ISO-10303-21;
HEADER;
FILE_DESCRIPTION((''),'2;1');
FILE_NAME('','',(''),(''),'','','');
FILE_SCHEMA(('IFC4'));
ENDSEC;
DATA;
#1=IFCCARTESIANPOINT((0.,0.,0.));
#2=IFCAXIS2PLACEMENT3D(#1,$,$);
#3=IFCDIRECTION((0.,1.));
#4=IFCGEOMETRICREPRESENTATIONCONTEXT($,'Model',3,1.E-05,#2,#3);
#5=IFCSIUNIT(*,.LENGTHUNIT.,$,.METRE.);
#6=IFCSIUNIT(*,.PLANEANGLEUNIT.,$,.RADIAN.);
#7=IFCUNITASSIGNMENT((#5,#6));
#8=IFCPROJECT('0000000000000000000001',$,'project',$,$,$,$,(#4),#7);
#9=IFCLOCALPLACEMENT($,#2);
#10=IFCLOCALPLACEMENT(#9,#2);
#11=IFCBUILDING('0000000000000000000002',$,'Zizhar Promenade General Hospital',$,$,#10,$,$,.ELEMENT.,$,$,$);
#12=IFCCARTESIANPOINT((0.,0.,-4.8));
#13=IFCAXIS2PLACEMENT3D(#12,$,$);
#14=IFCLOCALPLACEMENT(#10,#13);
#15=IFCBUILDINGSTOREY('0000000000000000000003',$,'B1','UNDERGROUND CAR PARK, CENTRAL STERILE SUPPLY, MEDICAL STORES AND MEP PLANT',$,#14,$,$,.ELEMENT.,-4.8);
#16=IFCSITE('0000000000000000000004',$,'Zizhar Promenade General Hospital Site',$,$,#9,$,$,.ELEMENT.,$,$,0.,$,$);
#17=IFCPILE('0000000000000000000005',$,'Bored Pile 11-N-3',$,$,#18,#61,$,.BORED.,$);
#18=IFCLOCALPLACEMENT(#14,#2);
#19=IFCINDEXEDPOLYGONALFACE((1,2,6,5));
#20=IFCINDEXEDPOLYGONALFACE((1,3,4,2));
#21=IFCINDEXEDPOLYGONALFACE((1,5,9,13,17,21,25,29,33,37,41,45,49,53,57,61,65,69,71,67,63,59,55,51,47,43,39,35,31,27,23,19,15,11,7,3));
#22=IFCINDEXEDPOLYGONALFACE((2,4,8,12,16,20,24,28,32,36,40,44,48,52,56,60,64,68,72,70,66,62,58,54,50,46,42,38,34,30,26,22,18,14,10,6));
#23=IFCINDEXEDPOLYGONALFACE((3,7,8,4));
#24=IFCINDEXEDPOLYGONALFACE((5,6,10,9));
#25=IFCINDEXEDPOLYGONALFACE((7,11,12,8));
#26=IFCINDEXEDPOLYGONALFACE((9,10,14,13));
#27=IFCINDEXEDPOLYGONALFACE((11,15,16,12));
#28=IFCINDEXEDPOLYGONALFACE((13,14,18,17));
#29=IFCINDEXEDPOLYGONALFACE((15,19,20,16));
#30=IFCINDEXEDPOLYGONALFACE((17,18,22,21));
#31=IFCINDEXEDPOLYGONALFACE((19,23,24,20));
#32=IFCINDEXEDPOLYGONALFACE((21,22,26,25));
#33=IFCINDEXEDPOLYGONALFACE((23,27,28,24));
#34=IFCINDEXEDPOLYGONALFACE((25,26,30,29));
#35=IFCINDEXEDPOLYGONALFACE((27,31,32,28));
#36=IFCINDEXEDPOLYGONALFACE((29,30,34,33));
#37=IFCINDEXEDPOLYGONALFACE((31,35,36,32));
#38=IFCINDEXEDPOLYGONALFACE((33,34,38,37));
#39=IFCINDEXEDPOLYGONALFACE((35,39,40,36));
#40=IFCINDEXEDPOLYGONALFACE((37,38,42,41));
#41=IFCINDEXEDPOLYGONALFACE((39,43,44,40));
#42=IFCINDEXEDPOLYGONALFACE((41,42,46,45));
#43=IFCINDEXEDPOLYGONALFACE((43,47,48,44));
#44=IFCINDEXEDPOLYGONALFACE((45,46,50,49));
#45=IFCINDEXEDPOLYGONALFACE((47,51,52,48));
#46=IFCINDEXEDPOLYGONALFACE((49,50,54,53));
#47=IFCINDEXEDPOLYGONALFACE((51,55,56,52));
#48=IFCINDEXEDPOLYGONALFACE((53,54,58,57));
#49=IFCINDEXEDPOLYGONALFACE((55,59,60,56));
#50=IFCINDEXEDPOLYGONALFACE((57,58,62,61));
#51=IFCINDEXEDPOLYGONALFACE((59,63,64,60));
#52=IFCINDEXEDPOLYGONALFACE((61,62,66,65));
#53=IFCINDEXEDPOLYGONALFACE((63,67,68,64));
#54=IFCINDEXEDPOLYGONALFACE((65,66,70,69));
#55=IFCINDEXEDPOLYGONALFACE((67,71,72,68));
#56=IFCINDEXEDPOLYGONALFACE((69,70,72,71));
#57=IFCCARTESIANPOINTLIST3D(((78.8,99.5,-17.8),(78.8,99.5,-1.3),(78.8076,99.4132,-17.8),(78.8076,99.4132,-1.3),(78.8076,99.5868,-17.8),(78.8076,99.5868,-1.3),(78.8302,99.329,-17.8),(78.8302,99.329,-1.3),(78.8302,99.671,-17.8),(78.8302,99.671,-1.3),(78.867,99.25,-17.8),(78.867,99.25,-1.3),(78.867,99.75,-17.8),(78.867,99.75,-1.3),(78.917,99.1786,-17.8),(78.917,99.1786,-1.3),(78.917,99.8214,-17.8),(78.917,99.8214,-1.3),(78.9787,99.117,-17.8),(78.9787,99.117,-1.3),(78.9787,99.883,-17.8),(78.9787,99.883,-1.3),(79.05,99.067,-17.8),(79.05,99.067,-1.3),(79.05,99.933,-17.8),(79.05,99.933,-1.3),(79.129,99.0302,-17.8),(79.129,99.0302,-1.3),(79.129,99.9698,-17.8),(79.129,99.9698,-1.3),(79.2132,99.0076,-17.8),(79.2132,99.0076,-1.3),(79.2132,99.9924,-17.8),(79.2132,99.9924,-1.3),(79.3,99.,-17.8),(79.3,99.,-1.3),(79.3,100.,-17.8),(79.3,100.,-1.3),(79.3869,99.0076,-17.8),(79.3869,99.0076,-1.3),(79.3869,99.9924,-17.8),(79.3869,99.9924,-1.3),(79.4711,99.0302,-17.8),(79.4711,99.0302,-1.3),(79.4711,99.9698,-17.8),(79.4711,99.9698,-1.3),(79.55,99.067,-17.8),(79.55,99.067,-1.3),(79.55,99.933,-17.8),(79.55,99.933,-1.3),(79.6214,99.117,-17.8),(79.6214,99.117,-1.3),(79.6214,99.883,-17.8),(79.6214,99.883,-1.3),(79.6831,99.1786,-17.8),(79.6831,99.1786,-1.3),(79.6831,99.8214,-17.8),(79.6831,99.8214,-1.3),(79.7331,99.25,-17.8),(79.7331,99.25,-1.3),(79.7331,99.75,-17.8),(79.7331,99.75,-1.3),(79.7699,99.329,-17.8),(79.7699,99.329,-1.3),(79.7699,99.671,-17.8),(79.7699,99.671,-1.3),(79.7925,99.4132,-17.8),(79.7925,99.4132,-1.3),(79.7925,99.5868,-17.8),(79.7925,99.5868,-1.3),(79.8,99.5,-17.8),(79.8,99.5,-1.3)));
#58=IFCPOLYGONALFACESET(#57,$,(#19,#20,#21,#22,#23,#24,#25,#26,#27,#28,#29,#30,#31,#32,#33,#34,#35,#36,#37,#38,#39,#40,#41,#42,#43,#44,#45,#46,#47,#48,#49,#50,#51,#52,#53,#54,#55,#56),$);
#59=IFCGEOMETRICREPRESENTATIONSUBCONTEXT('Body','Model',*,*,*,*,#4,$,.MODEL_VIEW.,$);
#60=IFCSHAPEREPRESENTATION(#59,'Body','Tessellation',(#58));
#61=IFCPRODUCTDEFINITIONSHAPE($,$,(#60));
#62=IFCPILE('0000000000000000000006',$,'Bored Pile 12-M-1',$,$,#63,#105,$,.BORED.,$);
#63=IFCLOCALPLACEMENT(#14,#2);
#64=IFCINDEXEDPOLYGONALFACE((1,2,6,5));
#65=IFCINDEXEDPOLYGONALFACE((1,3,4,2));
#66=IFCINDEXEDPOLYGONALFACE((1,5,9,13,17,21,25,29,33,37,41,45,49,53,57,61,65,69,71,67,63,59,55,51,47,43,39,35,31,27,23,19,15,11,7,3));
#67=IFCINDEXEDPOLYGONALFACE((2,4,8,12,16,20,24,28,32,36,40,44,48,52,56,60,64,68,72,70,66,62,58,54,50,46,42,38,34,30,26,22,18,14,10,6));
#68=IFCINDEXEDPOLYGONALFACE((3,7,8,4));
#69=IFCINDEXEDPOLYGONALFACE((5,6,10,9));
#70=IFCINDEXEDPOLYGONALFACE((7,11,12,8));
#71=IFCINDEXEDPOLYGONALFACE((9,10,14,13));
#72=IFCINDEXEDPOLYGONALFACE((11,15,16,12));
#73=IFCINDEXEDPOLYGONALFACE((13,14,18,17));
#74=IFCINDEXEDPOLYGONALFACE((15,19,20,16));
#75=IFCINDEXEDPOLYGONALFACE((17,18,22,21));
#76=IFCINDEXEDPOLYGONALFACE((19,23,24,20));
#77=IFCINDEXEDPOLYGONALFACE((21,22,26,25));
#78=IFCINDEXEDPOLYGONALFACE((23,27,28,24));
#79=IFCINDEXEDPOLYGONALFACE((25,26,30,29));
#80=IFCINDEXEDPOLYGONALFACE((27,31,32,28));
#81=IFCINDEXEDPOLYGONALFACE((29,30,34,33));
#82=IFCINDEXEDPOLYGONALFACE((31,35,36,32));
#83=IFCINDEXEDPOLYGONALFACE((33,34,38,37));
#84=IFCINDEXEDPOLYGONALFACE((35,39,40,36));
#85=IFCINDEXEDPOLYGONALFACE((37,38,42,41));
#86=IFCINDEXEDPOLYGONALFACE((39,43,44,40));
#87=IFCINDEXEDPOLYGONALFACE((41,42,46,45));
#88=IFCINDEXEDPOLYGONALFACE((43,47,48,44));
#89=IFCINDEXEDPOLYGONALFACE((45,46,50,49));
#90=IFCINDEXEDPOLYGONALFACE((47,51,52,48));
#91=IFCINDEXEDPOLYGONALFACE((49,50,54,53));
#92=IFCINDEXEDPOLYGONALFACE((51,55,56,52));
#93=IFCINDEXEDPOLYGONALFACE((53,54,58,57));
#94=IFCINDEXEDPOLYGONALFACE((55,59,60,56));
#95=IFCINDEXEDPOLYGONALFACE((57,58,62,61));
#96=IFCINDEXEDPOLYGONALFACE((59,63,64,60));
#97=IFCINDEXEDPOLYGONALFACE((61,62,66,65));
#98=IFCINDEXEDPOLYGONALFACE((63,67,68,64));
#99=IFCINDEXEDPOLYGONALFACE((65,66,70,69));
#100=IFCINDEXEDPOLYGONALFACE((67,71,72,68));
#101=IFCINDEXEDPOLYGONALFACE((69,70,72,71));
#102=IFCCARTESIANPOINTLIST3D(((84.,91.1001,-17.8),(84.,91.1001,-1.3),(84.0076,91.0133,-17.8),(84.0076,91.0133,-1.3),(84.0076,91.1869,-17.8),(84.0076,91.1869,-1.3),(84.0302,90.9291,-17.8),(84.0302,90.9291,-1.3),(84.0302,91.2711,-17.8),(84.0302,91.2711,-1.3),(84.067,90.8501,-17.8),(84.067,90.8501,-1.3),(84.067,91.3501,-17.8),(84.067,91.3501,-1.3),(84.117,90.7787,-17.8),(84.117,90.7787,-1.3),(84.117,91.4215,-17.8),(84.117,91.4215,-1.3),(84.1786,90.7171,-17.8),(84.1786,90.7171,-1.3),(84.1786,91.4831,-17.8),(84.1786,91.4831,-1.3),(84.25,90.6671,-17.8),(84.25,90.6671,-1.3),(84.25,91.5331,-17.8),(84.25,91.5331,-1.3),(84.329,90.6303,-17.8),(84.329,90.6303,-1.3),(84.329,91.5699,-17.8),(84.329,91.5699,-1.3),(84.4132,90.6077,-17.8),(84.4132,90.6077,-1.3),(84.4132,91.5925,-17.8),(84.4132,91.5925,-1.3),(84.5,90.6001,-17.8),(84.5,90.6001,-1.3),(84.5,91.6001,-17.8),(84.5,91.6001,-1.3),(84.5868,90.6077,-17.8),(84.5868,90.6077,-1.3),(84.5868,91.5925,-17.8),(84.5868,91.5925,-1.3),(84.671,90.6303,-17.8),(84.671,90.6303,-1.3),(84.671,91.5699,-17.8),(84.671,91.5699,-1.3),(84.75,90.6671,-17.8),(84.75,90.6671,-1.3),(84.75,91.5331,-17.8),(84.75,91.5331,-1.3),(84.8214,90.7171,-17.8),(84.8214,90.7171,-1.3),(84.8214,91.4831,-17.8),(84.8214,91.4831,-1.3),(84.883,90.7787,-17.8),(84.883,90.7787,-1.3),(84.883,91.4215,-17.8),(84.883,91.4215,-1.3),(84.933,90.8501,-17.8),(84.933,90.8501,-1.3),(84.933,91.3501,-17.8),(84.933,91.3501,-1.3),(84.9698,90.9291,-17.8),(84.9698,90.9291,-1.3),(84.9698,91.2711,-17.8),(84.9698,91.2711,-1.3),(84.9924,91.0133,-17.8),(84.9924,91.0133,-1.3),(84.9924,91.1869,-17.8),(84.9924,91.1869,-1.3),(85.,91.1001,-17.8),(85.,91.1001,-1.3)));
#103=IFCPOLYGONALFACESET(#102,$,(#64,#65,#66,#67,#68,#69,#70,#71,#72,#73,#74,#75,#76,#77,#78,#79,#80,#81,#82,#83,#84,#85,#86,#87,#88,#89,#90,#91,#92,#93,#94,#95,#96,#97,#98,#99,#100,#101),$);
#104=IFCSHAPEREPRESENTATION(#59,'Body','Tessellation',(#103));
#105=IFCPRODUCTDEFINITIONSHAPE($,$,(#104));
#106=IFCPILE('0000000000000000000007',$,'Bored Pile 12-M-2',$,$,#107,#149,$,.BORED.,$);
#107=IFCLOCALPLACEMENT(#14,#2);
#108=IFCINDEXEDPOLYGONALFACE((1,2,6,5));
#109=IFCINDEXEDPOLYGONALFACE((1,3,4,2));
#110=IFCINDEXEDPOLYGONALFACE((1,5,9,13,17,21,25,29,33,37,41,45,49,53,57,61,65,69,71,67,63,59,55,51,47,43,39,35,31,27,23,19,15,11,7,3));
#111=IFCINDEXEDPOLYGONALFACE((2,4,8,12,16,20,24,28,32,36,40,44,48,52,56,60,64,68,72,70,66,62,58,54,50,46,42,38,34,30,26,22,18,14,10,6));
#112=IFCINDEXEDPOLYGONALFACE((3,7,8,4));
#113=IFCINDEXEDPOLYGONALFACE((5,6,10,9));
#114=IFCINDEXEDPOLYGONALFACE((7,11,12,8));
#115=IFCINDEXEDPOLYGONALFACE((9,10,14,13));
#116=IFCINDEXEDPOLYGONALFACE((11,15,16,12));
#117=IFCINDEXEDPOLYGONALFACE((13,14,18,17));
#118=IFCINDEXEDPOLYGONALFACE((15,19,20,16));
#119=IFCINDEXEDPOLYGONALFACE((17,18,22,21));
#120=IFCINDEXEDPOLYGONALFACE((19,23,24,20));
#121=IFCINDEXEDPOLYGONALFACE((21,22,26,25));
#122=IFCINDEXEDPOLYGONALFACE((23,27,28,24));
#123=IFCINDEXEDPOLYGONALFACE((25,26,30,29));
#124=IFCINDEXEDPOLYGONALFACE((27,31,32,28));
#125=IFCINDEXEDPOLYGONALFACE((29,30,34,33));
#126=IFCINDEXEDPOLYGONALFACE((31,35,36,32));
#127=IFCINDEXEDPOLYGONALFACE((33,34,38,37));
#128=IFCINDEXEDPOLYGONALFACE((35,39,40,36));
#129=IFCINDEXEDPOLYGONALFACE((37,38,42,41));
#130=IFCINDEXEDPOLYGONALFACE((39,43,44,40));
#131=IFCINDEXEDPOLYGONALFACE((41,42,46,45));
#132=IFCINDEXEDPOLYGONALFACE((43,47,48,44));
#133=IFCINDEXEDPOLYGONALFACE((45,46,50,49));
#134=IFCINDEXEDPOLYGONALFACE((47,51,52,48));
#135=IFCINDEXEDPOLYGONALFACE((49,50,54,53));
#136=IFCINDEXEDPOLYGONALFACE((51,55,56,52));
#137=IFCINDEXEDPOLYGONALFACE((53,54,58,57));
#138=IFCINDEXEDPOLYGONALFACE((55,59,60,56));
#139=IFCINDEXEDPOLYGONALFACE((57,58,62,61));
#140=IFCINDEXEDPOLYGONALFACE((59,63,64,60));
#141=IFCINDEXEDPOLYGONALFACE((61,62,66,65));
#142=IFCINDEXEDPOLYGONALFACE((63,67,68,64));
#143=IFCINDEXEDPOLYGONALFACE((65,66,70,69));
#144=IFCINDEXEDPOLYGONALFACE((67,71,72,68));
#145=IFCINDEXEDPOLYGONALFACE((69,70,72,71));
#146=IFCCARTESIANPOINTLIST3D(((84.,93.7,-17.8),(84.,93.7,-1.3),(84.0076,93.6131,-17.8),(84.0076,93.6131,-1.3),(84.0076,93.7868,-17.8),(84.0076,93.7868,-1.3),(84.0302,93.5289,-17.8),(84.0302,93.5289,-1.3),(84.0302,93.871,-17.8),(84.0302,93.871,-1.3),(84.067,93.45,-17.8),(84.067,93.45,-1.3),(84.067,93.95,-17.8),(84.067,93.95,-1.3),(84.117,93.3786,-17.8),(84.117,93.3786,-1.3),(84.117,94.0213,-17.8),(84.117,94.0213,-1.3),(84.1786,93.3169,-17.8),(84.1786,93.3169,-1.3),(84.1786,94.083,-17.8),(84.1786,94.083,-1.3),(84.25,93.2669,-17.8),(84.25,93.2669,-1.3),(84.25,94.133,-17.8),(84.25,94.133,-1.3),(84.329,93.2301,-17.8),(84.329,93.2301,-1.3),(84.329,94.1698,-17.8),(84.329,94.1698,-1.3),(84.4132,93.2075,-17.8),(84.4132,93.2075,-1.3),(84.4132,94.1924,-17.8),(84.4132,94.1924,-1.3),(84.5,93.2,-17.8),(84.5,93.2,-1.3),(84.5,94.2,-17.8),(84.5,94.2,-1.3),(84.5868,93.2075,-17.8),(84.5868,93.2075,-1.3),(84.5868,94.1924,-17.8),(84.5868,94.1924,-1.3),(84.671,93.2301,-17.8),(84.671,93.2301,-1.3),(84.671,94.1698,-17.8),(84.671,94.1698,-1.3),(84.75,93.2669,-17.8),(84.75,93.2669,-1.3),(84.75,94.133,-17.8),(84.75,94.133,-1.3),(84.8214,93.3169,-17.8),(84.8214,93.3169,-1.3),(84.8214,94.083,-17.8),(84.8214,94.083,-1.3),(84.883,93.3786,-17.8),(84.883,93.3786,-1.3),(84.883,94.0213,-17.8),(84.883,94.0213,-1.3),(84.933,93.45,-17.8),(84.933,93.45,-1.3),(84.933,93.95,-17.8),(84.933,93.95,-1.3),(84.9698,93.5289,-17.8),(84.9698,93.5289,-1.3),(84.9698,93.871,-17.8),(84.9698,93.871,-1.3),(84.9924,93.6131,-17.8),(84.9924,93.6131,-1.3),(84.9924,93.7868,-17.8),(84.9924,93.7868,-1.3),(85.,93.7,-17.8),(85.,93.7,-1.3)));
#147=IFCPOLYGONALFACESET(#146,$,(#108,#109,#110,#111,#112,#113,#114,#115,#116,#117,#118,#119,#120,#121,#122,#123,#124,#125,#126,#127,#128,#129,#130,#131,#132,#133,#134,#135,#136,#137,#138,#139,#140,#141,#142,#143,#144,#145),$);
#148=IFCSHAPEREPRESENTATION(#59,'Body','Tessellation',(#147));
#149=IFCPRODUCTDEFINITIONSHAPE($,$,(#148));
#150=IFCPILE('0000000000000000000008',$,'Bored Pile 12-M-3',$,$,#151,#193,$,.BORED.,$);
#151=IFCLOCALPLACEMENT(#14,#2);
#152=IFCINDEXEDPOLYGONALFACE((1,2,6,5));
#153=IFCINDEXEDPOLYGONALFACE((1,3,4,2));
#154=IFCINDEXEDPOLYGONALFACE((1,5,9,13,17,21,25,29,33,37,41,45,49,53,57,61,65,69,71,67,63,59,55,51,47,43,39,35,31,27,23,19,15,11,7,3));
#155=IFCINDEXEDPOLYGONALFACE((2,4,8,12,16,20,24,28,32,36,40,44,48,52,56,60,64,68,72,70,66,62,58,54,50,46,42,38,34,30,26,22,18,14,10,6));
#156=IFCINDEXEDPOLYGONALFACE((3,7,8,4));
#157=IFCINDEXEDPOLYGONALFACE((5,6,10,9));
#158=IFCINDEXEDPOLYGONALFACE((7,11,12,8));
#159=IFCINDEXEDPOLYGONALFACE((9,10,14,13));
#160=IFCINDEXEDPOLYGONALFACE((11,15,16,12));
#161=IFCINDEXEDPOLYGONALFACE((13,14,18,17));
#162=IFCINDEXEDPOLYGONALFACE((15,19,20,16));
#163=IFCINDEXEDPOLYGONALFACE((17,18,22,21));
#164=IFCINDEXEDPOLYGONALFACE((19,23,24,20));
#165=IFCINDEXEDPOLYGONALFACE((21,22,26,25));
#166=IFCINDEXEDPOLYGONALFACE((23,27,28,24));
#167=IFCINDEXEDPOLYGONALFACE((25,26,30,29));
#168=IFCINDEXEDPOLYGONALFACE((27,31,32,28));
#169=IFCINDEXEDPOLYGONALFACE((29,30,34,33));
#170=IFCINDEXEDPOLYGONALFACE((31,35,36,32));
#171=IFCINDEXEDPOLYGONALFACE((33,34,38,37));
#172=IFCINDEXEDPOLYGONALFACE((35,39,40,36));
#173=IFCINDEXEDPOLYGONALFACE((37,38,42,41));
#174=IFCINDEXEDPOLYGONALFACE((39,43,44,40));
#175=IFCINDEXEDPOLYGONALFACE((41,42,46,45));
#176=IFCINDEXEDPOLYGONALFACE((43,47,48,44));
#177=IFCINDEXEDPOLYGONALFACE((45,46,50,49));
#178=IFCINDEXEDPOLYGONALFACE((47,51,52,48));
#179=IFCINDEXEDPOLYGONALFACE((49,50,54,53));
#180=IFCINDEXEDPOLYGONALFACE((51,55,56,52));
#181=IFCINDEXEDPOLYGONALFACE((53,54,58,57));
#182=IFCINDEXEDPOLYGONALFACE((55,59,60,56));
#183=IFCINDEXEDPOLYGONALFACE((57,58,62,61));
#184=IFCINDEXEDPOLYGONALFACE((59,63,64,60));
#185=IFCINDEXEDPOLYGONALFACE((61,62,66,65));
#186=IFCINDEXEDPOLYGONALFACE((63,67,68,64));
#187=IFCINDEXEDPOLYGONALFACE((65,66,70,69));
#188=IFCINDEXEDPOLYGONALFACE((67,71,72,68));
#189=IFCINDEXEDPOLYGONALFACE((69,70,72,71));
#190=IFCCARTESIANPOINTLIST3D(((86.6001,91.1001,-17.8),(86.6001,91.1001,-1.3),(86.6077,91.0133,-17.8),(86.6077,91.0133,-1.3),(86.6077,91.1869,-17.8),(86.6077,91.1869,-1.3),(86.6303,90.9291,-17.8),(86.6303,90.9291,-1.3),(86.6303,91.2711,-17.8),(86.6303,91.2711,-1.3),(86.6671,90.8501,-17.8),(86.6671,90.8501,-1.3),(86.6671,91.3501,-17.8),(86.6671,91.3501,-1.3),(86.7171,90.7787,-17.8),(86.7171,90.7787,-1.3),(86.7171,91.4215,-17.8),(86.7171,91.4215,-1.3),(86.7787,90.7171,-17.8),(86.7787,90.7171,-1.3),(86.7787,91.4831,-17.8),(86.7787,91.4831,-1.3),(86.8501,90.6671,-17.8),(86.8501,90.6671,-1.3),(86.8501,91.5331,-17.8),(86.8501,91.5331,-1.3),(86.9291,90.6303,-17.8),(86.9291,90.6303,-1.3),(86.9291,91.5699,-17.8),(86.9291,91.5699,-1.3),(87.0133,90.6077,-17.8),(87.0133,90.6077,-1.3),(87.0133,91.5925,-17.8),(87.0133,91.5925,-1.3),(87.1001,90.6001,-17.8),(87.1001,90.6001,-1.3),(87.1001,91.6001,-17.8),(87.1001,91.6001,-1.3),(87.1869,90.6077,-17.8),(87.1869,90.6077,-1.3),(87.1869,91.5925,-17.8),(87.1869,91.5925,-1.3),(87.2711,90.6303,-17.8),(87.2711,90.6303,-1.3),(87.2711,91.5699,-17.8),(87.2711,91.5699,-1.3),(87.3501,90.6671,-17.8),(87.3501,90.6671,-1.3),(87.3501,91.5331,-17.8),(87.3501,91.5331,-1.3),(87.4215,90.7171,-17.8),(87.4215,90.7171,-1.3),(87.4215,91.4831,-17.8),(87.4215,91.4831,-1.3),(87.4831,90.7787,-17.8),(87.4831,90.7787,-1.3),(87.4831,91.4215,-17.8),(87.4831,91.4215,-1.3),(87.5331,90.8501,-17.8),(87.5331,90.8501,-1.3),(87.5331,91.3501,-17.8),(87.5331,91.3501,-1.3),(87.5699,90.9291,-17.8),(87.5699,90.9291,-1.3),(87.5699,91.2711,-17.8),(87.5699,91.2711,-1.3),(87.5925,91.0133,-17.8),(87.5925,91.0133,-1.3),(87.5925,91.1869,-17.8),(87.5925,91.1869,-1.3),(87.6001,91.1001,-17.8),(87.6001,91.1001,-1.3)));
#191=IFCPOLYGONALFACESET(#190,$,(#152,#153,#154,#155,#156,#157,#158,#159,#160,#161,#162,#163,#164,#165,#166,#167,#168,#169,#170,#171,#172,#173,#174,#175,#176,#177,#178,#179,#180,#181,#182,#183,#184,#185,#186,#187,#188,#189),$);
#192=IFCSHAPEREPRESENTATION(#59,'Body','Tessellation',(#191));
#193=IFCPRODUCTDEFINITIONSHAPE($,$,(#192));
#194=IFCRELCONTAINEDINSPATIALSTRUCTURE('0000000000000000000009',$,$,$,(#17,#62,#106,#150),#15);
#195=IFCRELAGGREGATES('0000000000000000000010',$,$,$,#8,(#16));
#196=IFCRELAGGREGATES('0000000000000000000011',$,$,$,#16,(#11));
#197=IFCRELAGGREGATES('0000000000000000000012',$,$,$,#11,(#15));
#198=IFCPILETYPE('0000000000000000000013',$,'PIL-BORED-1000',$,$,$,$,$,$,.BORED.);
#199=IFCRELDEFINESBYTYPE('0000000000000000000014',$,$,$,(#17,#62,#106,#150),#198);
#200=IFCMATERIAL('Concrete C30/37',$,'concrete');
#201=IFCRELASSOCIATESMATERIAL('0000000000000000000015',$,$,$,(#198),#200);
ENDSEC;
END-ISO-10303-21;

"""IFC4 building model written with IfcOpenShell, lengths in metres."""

from ifc_helpers import new_model, si_unit, direction, frame, origin, origin_2d, place, context, subcontext, project, spatial, circle, extrude, material, material_profile, profile_set, type_object, element, save


model = new_model("IFC4")

# Units and contexts
model_context = context("Model", 3, precision=1e-05, world=origin(), true_north=direction((0.0, 1.0)))
body_context = subcontext(model_context, "Body", "Model", "MODEL_VIEW")
ifc_project = project(units=[si_unit("LENGTHUNIT", "METRE"), si_unit("PLANEANGLEUNIT", "RADIAN")], contexts=[model_context])

# Site, building, storey
site_placement = place(None, origin())
site = spatial("IfcSite", under=ifc_project, at=site_placement, Name="Zizhar Promenade General Hospital Site", CompositionType="ELEMENT", RefElevation=0.0)
building_placement = place(site_placement, origin())
building = spatial("IfcBuilding", under=site, at=building_placement, Name="Zizhar Promenade General Hospital", CompositionType="ELEMENT")
storey_placement = place(building_placement, frame((0.0, 0.0, -4.8)))
storey = spatial("IfcBuildingStorey", under=building, at=storey_placement, Name="B1", Description="UNDERGROUND CAR PARK, CENTRAL STERILE SUPPLY, MEDICAL STORES AND MEP PLANT", CompositionType="ELEMENT", Elevation=-4.8)

# Piles
ifc_material_1 = material(Name="Concrete C30/37", Category="concrete")
ifc_material_profile_1 = material_profile(ifc_material_1, circle(Radius=0.5, at=origin_2d()))
ifc_profile_set_1 = profile_set([ifc_material_profile_1], Name="Concrete C30/37")
pile_type = type_object("IfcPileType", Name="PIL-BORED-1000", PredefinedType="BORED", material=ifc_profile_set_1)
for number, where, z_axis, x_axis, name in (
    (1, (79.3, 99.5, -1.3), (0.0, 0.0, -1.0), (1.0, 0.0, 0.0), "Bored Pile 11-N-3"),
    (2, (84.5, 91.1001, -1.3), (0.0, 0.0, -1.0), (1.0, 0.0, 0.0), "Bored Pile 12-M-1"),
    (3, (84.5, 93.7, -1.3), (0.0, 0.0, -1.0), (1.0, 0.0, 0.0), "Bored Pile 12-M-2"),
    (4, (87.1001, 91.1001, -1.3), (0.0, 0.0, -1.0), (1.0, 0.0, 0.0), "Bored Pile 12-M-3"),
):
    element("IfcPile", number, at=place(storey_placement, frame(where, z_axis=z_axis, x_axis=x_axis)), inside=storey, type_object=pile_type, Name=name, PredefinedType="BORED", context=body_context, shape_type="SweptSolid", body=[
        extrude(circle(Radius=0.5, at=origin_2d()), origin(), (0.0, 0.0, 1.0), 16.5),
    ])

save(model, "model.ifc")
